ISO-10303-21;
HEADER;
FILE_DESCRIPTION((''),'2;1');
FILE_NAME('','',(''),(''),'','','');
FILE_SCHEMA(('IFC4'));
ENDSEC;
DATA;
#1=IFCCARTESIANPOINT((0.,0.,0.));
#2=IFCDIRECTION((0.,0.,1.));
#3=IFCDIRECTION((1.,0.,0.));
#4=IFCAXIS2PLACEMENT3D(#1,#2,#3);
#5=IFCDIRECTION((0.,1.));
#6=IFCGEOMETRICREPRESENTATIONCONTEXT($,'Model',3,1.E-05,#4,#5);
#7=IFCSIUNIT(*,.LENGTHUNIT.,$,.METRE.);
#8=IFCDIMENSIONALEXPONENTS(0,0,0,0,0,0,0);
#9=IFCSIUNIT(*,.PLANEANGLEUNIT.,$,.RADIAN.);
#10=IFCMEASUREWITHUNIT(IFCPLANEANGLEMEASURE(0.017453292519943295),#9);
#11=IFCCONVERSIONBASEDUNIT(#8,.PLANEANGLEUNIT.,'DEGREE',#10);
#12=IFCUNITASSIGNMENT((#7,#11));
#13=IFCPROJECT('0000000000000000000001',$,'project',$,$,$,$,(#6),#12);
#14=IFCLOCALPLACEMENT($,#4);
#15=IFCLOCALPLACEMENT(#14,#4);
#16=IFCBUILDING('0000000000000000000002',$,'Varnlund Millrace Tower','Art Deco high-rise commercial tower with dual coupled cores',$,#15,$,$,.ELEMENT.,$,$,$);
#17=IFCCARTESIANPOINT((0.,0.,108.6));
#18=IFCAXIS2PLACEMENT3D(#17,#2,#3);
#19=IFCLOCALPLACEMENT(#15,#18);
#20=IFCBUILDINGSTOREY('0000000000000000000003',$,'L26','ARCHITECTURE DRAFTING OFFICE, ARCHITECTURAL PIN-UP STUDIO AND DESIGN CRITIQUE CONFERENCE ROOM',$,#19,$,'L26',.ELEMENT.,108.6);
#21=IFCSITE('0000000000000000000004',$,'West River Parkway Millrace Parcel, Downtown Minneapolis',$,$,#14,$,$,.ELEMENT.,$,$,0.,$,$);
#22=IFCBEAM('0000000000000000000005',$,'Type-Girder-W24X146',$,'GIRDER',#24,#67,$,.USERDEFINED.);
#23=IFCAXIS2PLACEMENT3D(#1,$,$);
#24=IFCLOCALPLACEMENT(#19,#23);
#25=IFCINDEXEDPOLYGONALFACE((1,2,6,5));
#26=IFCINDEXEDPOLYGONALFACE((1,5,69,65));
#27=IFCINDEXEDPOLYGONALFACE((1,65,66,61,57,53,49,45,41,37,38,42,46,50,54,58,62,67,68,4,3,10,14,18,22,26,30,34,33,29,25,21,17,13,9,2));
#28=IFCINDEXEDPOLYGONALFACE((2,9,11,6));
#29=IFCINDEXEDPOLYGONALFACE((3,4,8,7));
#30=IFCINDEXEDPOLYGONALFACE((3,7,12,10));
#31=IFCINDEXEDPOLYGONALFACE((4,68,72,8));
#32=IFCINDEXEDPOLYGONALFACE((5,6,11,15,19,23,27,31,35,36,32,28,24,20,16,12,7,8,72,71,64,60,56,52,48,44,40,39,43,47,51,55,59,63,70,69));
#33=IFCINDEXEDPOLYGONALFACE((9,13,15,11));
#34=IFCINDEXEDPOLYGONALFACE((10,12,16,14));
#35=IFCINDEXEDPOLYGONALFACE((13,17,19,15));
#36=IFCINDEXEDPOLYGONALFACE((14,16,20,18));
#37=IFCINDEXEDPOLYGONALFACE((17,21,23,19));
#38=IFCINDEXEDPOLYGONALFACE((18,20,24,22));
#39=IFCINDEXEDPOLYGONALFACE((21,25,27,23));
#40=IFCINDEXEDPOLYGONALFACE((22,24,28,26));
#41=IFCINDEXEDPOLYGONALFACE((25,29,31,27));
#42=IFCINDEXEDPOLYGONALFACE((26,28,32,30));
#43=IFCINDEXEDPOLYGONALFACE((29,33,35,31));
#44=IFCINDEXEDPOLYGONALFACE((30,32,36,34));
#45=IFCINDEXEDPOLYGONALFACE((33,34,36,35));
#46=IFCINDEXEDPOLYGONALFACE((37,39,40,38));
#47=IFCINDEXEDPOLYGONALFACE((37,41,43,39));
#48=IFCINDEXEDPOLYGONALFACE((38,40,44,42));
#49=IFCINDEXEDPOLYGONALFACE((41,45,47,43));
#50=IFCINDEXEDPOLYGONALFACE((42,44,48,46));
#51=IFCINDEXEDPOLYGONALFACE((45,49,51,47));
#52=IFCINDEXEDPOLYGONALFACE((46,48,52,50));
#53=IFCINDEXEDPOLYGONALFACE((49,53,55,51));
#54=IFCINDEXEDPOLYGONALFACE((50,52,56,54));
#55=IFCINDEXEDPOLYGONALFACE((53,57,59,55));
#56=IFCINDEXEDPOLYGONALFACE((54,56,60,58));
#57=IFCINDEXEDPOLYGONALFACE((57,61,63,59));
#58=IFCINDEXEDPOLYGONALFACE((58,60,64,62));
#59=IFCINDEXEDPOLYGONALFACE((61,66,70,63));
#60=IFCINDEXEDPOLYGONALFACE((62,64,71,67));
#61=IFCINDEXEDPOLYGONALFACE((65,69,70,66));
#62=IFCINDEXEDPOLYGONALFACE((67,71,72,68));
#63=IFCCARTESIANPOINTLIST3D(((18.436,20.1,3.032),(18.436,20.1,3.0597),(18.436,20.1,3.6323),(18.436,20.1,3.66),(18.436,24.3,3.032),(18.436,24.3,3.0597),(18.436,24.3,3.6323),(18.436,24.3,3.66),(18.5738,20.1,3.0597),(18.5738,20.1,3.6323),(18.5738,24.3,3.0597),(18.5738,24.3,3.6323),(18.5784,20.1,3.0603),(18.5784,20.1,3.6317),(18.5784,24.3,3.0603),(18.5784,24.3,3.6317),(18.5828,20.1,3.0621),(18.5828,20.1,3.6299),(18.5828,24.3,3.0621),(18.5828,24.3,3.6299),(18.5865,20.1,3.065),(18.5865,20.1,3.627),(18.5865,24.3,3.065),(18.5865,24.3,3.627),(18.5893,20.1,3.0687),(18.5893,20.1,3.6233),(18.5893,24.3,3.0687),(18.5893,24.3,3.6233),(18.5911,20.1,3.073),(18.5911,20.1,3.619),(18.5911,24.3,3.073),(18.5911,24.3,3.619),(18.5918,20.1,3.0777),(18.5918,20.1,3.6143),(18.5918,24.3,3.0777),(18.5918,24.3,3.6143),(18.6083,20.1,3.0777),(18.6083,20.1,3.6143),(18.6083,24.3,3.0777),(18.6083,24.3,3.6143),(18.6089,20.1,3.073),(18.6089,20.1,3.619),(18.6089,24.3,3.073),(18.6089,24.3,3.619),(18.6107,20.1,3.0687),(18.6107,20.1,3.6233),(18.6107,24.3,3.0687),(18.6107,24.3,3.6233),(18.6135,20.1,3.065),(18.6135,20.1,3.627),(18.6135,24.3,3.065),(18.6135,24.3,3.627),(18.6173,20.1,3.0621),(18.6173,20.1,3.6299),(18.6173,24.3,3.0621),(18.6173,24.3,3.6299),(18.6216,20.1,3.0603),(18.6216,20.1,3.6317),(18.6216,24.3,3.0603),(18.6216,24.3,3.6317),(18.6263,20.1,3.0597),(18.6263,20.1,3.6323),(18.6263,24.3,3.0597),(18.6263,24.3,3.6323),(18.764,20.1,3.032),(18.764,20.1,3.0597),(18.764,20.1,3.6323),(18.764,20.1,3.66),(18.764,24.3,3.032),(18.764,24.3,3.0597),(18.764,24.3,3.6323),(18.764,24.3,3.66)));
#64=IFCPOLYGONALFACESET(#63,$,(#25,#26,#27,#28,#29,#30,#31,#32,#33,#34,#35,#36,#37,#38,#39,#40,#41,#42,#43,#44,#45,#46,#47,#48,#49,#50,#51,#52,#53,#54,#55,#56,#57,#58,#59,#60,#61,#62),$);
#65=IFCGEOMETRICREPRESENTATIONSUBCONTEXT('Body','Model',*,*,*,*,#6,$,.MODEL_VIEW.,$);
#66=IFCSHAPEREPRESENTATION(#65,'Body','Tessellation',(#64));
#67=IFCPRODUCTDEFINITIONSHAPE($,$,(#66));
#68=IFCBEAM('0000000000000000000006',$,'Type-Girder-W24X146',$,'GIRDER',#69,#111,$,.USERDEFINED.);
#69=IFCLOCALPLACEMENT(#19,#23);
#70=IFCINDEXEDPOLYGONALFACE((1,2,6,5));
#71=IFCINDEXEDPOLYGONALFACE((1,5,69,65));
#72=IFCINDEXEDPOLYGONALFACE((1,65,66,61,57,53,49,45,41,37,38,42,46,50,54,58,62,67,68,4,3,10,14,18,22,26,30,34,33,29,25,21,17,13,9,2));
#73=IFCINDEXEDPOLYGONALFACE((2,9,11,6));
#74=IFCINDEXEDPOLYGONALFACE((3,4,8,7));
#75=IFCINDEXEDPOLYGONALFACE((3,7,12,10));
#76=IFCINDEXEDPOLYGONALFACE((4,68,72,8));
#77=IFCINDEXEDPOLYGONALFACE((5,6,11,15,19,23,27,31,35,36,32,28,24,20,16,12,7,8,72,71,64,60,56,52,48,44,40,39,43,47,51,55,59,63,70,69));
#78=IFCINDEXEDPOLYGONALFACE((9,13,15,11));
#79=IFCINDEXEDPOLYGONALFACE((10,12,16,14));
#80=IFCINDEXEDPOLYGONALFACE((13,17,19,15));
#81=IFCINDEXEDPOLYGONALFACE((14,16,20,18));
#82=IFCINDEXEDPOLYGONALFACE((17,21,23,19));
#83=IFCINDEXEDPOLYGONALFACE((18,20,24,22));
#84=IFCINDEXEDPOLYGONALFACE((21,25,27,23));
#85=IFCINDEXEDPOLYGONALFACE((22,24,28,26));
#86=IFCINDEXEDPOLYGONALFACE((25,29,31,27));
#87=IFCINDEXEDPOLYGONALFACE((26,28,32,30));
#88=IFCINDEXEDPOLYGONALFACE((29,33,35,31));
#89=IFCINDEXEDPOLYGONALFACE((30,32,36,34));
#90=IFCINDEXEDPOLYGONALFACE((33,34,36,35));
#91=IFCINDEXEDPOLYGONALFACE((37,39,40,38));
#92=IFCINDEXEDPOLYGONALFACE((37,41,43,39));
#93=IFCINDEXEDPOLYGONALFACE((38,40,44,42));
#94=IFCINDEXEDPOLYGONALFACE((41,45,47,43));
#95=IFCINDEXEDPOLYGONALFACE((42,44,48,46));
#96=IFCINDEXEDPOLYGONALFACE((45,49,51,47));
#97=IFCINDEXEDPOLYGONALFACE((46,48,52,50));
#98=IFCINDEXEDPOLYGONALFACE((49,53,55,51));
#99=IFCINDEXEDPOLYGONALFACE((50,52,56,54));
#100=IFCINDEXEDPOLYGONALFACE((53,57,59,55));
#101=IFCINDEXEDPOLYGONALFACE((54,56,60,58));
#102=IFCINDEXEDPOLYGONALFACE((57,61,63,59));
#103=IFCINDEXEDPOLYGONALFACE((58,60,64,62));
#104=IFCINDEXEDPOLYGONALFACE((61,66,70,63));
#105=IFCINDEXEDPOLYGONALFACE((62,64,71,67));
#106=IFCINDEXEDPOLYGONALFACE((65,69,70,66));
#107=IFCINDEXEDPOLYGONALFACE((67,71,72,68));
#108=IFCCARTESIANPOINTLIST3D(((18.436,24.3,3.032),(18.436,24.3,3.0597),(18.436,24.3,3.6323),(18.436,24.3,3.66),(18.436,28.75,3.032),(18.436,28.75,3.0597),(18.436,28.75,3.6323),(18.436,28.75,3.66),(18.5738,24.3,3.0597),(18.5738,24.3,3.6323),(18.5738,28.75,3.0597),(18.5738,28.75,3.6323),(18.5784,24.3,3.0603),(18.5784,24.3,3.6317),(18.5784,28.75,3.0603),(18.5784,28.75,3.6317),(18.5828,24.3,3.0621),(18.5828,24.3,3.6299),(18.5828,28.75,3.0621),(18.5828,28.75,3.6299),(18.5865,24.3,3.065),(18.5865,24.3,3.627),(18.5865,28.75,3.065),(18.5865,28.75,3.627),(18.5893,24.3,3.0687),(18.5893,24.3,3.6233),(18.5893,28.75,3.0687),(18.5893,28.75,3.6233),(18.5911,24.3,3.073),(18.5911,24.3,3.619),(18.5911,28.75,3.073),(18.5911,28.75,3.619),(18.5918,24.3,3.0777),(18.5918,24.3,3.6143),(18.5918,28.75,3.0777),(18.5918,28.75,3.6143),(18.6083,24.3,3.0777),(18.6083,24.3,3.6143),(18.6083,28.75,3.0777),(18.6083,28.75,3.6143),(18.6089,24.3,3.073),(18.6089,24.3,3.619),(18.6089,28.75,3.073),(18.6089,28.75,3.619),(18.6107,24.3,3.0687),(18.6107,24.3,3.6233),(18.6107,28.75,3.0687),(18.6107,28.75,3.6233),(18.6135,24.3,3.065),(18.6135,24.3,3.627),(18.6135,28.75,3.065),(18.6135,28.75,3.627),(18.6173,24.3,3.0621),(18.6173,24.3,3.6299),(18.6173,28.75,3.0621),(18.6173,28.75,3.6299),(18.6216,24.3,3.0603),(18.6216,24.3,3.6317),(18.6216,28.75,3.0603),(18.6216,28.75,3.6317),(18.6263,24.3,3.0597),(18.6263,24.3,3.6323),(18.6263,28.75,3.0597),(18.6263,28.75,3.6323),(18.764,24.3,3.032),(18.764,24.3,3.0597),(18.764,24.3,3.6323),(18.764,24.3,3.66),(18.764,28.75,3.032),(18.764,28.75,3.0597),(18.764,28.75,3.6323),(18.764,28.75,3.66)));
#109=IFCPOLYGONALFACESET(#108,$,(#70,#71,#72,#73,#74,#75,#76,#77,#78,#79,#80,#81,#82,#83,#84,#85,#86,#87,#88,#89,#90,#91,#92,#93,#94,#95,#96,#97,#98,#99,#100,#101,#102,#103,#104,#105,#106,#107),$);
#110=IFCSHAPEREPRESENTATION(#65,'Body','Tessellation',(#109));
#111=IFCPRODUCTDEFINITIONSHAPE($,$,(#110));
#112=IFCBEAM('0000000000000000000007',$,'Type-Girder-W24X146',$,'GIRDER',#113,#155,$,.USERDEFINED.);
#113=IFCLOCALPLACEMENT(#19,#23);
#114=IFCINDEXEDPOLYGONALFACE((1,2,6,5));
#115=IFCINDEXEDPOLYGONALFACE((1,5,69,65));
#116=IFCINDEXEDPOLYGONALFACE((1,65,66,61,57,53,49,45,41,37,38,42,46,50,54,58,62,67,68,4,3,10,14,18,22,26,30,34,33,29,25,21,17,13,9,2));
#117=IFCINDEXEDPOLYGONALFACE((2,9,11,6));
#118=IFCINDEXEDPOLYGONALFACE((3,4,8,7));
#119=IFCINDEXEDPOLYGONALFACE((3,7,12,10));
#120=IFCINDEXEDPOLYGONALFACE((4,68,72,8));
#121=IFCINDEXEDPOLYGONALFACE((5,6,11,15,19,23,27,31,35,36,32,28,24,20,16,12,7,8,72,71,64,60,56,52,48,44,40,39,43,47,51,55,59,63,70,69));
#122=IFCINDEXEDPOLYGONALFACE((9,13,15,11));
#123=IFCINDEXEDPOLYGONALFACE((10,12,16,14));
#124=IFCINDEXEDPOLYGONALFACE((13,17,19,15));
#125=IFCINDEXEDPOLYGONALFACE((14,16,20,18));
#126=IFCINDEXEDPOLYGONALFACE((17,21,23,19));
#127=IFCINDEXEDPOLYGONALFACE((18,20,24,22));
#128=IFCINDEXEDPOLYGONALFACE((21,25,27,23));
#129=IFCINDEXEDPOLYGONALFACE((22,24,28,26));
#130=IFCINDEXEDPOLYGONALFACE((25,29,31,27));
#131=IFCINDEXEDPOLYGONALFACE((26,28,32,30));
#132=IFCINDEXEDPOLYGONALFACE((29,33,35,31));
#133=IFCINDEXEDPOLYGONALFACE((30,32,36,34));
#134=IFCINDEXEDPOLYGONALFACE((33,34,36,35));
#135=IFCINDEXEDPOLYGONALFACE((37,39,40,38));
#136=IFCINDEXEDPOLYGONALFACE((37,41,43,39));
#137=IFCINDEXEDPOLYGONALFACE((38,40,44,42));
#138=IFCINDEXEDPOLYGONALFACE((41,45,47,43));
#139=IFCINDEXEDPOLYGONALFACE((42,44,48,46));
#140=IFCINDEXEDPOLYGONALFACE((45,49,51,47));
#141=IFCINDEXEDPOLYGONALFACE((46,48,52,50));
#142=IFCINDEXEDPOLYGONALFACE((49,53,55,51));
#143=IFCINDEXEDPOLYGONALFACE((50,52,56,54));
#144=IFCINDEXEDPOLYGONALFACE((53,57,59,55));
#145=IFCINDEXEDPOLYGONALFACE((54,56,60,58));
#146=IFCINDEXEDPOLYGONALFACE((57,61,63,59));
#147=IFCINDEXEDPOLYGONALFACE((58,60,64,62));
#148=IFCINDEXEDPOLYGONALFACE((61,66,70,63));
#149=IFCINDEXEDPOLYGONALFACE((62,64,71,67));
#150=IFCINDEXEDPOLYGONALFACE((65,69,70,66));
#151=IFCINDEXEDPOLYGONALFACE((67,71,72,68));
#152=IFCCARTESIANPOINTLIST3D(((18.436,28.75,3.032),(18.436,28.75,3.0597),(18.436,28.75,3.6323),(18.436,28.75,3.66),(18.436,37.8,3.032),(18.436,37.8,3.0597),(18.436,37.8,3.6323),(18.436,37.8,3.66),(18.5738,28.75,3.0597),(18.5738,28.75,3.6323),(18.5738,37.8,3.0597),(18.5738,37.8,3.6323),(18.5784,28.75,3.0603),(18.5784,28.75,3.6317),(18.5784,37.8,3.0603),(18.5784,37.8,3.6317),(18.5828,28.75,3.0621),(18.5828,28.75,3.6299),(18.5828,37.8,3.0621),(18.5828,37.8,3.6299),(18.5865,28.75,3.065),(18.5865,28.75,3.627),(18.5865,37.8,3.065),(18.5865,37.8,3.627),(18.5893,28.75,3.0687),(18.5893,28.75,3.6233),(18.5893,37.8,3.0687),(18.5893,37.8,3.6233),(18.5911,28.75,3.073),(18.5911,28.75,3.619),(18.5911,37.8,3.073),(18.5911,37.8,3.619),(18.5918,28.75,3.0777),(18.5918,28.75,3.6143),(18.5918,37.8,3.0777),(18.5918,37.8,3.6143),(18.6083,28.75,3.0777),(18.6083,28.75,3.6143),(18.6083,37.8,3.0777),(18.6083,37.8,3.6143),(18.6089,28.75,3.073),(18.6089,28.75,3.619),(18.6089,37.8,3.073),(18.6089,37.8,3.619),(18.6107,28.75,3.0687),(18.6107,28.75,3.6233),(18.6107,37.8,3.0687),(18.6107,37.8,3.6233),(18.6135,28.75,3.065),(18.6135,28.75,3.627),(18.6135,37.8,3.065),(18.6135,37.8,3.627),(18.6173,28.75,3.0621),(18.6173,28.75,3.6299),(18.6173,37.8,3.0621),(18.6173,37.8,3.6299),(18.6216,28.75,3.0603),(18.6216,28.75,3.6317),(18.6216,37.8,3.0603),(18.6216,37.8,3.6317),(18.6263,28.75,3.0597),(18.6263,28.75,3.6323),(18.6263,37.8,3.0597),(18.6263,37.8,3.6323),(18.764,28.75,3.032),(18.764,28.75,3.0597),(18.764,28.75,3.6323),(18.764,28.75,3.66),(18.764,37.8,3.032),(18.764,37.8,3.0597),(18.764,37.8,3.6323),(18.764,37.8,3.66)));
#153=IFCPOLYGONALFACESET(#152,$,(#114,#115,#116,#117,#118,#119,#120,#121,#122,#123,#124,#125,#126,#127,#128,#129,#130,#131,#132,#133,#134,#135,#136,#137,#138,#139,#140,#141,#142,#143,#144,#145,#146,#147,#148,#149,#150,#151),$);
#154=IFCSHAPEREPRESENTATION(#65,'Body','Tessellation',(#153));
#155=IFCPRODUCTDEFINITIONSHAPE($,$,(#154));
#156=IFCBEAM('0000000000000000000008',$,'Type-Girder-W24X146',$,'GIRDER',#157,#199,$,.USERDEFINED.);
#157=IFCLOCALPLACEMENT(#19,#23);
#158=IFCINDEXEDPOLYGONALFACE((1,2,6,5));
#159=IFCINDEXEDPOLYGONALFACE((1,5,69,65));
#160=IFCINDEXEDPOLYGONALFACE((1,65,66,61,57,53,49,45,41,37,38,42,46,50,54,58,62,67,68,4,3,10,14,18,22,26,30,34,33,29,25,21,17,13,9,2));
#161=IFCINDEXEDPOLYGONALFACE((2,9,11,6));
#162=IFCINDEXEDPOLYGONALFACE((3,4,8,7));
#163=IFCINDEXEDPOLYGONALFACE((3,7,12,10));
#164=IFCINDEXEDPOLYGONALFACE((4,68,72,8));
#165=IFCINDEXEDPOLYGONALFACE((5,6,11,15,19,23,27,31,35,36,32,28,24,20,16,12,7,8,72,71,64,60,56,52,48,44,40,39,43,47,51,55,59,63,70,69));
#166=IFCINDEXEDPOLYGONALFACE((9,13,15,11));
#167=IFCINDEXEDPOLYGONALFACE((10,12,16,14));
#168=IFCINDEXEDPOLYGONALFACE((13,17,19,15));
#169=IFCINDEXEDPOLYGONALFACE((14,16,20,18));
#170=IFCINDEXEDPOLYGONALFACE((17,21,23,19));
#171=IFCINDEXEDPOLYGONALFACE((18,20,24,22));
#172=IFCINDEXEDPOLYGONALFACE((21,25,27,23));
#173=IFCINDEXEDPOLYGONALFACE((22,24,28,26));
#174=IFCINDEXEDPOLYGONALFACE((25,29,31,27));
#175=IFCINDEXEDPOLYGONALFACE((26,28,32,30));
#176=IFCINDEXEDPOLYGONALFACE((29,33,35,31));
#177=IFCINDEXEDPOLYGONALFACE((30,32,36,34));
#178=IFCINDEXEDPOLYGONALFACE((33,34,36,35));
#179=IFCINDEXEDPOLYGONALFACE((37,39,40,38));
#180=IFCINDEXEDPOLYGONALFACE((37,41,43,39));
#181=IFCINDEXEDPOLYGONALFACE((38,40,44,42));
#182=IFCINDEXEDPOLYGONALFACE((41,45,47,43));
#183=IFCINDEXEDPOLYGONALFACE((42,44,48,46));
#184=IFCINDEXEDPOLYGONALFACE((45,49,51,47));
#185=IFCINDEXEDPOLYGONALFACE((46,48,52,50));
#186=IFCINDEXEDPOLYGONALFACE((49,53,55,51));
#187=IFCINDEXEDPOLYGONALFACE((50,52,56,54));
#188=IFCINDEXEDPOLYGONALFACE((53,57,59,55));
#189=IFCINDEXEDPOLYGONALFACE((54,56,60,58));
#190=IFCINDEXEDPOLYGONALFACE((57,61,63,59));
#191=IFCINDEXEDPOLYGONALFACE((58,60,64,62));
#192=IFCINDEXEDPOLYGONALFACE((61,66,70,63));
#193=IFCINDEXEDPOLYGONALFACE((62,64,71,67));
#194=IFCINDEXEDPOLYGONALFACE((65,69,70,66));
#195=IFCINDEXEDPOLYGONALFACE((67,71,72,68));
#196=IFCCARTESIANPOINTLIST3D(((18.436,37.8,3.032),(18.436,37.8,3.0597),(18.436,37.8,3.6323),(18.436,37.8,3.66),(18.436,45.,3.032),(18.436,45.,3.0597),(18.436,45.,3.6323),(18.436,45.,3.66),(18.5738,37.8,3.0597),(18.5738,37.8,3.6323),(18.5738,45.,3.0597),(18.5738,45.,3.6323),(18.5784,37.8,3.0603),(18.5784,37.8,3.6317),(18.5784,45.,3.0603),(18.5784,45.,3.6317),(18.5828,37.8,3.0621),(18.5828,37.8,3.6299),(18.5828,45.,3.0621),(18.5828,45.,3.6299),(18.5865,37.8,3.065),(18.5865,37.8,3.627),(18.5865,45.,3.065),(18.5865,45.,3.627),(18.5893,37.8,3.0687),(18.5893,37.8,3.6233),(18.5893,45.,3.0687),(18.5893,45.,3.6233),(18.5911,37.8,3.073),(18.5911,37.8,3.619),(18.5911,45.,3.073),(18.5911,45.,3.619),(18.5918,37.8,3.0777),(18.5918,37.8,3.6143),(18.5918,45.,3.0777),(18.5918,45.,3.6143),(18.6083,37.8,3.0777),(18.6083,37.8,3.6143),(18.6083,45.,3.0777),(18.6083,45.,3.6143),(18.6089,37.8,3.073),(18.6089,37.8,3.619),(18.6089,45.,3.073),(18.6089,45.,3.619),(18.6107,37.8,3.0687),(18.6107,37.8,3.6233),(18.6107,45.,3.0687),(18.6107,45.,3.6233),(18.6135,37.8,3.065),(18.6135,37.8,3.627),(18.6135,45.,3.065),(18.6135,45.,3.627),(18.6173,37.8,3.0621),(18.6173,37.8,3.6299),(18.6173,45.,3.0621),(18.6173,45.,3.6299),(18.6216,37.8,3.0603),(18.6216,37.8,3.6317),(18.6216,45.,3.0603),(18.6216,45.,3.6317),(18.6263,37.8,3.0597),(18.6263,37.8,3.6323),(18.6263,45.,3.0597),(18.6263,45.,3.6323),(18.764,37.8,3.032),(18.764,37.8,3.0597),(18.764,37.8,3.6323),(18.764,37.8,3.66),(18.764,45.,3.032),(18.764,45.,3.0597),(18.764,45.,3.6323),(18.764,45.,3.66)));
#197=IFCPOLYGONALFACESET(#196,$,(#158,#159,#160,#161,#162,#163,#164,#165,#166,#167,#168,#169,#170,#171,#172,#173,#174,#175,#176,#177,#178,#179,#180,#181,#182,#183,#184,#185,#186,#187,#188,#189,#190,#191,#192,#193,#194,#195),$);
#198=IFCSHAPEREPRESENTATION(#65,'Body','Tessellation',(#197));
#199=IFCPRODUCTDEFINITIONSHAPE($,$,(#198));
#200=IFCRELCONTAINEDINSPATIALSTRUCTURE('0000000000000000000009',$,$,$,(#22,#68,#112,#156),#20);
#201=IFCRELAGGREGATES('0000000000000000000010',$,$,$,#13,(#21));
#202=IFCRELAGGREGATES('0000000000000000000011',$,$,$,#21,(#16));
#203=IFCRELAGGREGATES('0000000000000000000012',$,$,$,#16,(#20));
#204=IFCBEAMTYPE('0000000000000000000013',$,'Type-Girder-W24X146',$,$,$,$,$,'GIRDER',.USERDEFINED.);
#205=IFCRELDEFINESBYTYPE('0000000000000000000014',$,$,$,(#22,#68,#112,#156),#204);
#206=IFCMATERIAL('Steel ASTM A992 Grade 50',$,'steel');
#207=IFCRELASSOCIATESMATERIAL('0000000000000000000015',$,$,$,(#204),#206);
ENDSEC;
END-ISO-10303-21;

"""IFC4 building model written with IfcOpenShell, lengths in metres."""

from ifc_helpers import new_model, entity, si_unit, converted_unit, direction, frame, origin_with_axes, origin_2d_with_axis, place, context, subcontext, project, spatial, i_section, extrude, material, material_profile, profile_set, type_object, element, save


model = new_model("IFC4")

# Units and contexts
model_context = context("Model", 3, precision=1e-05, world=origin_with_axes(), true_north=direction((0.0, 1.0)))
body_context = subcontext(model_context, "Body", "Model", "MODEL_VIEW")
ifc_project = project(units=[si_unit("LENGTHUNIT", "METRE"), converted_unit("PLANEANGLEUNIT", "DEGREE", entity("IfcPlaneAngleMeasure", 0.017453292519943295), si_unit("PLANEANGLEUNIT", "RADIAN"), dimensions=[0, 0, 0, 0, 0, 0, 0])], contexts=[model_context])

# Site, building, storey
site_placement = place(None, origin_with_axes())
site = spatial("IfcSite", under=ifc_project, at=site_placement, Name="West River Parkway Millrace Parcel, Downtown Minneapolis", CompositionType="ELEMENT", RefElevation=0.0)
building_placement = place(site_placement, origin_with_axes())
building = spatial("IfcBuilding", under=site, at=building_placement, Name="Varnlund Millrace Tower", Description="Art Deco high-rise commercial tower with dual coupled cores", CompositionType="ELEMENT")
storey_placement = place(building_placement, frame((0.0, 0.0, 108.6), z_axis=(0.0, 0.0, 1.0), x_axis=(1.0, 0.0, 0.0)))
storey = spatial("IfcBuildingStorey", under=building, at=storey_placement, Name="L26", Description="ARCHITECTURE DRAFTING OFFICE, ARCHITECTURAL PIN-UP STUDIO AND DESIGN CRITIQUE CONFERENCE ROOM", LongName="L26", CompositionType="ELEMENT", Elevation=108.6)

# Beams
ifc_material_1 = material(Name="Steel ASTM A992 Grade 50", Category="steel")
ifc_material_profile_1 = material_profile(ifc_material_1, i_section(OverallWidth=0.328, OverallDepth=0.628, WebThickness=0.0165, FlangeThickness=0.0277, FilletRadius=0.018, at=origin_2d_with_axis()), Name="Steel ASTM A992 Grade 50")
ifc_profile_set_1 = profile_set([ifc_material_profile_1], Name="Steel ASTM A992 Grade 50")
beam_type_1 = type_object("IfcBeamType", Name="Type-Girder-W24X146", ElementType="GIRDER", PredefinedType="USERDEFINED", material=ifc_profile_set_1)
beam_1_placement = place(storey_placement, frame((18.6, 20.1, 3.346), z_axis=(0.0, 1.0, 0.0), x_axis=(-1.0, 0.0, 0.0)))
element("IfcBeam", 1, at=beam_1_placement, inside=storey, type_object=beam_type_1, Name="Type-Girder-W24X146", ObjectType="GIRDER", PredefinedType="USERDEFINED", context=body_context, shape_type="SweptSolid", body=[
    extrude(i_section(OverallWidth=0.328, OverallDepth=0.628, WebThickness=0.0165, FlangeThickness=0.0277, FilletRadius=0.018, at=origin_2d_with_axis()), origin_with_axes(), (0.0, 0.0, 1.0), 4.2),
])
beam_2_placement = place(storey_placement, frame((18.6, 24.3, 3.346), z_axis=(0.0, 1.0, 0.0), x_axis=(-1.0, 0.0, 0.0)))
element("IfcBeam", 2, at=beam_2_placement, inside=storey, type_object=beam_type_1, Name="Type-Girder-W24X146", ObjectType="GIRDER", PredefinedType="USERDEFINED", context=body_context, shape_type="SweptSolid", body=[
    extrude(i_section(OverallWidth=0.328, OverallDepth=0.628, WebThickness=0.0165, FlangeThickness=0.0277, FilletRadius=0.018, at=origin_2d_with_axis()), origin_with_axes(), (0.0, 0.0, 1.0), 4.45),
])
beam_3_placement = place(storey_placement, frame((18.6, 28.75, 3.346), z_axis=(0.0, 1.0, 0.0), x_axis=(-1.0, 0.0, 0.0)))
element("IfcBeam", 3, at=beam_3_placement, inside=storey, type_object=beam_type_1, Name="Type-Girder-W24X146", ObjectType="GIRDER", PredefinedType="USERDEFINED", context=body_context, shape_type="SweptSolid", body=[
    extrude(i_section(OverallWidth=0.328, OverallDepth=0.628, WebThickness=0.0165, FlangeThickness=0.0277, FilletRadius=0.018, at=origin_2d_with_axis()), origin_with_axes(), (0.0, 0.0, 1.0), 9.05),
])
beam_4_placement = place(storey_placement, frame((18.6, 37.8, 3.346), z_axis=(0.0, 1.0, 0.0), x_axis=(-1.0, 0.0, 0.0)))
element("IfcBeam", 4, at=beam_4_placement, inside=storey, type_object=beam_type_1, Name="Type-Girder-W24X146", ObjectType="GIRDER", PredefinedType="USERDEFINED", context=body_context, shape_type="SweptSolid", body=[
    extrude(i_section(OverallWidth=0.328, OverallDepth=0.628, WebThickness=0.0165, FlangeThickness=0.0277, FilletRadius=0.018, at=origin_2d_with_axis()), origin_with_axes(), (0.0, 0.0, 1.0), 7.2),
])

save(model, "model.ifc")
